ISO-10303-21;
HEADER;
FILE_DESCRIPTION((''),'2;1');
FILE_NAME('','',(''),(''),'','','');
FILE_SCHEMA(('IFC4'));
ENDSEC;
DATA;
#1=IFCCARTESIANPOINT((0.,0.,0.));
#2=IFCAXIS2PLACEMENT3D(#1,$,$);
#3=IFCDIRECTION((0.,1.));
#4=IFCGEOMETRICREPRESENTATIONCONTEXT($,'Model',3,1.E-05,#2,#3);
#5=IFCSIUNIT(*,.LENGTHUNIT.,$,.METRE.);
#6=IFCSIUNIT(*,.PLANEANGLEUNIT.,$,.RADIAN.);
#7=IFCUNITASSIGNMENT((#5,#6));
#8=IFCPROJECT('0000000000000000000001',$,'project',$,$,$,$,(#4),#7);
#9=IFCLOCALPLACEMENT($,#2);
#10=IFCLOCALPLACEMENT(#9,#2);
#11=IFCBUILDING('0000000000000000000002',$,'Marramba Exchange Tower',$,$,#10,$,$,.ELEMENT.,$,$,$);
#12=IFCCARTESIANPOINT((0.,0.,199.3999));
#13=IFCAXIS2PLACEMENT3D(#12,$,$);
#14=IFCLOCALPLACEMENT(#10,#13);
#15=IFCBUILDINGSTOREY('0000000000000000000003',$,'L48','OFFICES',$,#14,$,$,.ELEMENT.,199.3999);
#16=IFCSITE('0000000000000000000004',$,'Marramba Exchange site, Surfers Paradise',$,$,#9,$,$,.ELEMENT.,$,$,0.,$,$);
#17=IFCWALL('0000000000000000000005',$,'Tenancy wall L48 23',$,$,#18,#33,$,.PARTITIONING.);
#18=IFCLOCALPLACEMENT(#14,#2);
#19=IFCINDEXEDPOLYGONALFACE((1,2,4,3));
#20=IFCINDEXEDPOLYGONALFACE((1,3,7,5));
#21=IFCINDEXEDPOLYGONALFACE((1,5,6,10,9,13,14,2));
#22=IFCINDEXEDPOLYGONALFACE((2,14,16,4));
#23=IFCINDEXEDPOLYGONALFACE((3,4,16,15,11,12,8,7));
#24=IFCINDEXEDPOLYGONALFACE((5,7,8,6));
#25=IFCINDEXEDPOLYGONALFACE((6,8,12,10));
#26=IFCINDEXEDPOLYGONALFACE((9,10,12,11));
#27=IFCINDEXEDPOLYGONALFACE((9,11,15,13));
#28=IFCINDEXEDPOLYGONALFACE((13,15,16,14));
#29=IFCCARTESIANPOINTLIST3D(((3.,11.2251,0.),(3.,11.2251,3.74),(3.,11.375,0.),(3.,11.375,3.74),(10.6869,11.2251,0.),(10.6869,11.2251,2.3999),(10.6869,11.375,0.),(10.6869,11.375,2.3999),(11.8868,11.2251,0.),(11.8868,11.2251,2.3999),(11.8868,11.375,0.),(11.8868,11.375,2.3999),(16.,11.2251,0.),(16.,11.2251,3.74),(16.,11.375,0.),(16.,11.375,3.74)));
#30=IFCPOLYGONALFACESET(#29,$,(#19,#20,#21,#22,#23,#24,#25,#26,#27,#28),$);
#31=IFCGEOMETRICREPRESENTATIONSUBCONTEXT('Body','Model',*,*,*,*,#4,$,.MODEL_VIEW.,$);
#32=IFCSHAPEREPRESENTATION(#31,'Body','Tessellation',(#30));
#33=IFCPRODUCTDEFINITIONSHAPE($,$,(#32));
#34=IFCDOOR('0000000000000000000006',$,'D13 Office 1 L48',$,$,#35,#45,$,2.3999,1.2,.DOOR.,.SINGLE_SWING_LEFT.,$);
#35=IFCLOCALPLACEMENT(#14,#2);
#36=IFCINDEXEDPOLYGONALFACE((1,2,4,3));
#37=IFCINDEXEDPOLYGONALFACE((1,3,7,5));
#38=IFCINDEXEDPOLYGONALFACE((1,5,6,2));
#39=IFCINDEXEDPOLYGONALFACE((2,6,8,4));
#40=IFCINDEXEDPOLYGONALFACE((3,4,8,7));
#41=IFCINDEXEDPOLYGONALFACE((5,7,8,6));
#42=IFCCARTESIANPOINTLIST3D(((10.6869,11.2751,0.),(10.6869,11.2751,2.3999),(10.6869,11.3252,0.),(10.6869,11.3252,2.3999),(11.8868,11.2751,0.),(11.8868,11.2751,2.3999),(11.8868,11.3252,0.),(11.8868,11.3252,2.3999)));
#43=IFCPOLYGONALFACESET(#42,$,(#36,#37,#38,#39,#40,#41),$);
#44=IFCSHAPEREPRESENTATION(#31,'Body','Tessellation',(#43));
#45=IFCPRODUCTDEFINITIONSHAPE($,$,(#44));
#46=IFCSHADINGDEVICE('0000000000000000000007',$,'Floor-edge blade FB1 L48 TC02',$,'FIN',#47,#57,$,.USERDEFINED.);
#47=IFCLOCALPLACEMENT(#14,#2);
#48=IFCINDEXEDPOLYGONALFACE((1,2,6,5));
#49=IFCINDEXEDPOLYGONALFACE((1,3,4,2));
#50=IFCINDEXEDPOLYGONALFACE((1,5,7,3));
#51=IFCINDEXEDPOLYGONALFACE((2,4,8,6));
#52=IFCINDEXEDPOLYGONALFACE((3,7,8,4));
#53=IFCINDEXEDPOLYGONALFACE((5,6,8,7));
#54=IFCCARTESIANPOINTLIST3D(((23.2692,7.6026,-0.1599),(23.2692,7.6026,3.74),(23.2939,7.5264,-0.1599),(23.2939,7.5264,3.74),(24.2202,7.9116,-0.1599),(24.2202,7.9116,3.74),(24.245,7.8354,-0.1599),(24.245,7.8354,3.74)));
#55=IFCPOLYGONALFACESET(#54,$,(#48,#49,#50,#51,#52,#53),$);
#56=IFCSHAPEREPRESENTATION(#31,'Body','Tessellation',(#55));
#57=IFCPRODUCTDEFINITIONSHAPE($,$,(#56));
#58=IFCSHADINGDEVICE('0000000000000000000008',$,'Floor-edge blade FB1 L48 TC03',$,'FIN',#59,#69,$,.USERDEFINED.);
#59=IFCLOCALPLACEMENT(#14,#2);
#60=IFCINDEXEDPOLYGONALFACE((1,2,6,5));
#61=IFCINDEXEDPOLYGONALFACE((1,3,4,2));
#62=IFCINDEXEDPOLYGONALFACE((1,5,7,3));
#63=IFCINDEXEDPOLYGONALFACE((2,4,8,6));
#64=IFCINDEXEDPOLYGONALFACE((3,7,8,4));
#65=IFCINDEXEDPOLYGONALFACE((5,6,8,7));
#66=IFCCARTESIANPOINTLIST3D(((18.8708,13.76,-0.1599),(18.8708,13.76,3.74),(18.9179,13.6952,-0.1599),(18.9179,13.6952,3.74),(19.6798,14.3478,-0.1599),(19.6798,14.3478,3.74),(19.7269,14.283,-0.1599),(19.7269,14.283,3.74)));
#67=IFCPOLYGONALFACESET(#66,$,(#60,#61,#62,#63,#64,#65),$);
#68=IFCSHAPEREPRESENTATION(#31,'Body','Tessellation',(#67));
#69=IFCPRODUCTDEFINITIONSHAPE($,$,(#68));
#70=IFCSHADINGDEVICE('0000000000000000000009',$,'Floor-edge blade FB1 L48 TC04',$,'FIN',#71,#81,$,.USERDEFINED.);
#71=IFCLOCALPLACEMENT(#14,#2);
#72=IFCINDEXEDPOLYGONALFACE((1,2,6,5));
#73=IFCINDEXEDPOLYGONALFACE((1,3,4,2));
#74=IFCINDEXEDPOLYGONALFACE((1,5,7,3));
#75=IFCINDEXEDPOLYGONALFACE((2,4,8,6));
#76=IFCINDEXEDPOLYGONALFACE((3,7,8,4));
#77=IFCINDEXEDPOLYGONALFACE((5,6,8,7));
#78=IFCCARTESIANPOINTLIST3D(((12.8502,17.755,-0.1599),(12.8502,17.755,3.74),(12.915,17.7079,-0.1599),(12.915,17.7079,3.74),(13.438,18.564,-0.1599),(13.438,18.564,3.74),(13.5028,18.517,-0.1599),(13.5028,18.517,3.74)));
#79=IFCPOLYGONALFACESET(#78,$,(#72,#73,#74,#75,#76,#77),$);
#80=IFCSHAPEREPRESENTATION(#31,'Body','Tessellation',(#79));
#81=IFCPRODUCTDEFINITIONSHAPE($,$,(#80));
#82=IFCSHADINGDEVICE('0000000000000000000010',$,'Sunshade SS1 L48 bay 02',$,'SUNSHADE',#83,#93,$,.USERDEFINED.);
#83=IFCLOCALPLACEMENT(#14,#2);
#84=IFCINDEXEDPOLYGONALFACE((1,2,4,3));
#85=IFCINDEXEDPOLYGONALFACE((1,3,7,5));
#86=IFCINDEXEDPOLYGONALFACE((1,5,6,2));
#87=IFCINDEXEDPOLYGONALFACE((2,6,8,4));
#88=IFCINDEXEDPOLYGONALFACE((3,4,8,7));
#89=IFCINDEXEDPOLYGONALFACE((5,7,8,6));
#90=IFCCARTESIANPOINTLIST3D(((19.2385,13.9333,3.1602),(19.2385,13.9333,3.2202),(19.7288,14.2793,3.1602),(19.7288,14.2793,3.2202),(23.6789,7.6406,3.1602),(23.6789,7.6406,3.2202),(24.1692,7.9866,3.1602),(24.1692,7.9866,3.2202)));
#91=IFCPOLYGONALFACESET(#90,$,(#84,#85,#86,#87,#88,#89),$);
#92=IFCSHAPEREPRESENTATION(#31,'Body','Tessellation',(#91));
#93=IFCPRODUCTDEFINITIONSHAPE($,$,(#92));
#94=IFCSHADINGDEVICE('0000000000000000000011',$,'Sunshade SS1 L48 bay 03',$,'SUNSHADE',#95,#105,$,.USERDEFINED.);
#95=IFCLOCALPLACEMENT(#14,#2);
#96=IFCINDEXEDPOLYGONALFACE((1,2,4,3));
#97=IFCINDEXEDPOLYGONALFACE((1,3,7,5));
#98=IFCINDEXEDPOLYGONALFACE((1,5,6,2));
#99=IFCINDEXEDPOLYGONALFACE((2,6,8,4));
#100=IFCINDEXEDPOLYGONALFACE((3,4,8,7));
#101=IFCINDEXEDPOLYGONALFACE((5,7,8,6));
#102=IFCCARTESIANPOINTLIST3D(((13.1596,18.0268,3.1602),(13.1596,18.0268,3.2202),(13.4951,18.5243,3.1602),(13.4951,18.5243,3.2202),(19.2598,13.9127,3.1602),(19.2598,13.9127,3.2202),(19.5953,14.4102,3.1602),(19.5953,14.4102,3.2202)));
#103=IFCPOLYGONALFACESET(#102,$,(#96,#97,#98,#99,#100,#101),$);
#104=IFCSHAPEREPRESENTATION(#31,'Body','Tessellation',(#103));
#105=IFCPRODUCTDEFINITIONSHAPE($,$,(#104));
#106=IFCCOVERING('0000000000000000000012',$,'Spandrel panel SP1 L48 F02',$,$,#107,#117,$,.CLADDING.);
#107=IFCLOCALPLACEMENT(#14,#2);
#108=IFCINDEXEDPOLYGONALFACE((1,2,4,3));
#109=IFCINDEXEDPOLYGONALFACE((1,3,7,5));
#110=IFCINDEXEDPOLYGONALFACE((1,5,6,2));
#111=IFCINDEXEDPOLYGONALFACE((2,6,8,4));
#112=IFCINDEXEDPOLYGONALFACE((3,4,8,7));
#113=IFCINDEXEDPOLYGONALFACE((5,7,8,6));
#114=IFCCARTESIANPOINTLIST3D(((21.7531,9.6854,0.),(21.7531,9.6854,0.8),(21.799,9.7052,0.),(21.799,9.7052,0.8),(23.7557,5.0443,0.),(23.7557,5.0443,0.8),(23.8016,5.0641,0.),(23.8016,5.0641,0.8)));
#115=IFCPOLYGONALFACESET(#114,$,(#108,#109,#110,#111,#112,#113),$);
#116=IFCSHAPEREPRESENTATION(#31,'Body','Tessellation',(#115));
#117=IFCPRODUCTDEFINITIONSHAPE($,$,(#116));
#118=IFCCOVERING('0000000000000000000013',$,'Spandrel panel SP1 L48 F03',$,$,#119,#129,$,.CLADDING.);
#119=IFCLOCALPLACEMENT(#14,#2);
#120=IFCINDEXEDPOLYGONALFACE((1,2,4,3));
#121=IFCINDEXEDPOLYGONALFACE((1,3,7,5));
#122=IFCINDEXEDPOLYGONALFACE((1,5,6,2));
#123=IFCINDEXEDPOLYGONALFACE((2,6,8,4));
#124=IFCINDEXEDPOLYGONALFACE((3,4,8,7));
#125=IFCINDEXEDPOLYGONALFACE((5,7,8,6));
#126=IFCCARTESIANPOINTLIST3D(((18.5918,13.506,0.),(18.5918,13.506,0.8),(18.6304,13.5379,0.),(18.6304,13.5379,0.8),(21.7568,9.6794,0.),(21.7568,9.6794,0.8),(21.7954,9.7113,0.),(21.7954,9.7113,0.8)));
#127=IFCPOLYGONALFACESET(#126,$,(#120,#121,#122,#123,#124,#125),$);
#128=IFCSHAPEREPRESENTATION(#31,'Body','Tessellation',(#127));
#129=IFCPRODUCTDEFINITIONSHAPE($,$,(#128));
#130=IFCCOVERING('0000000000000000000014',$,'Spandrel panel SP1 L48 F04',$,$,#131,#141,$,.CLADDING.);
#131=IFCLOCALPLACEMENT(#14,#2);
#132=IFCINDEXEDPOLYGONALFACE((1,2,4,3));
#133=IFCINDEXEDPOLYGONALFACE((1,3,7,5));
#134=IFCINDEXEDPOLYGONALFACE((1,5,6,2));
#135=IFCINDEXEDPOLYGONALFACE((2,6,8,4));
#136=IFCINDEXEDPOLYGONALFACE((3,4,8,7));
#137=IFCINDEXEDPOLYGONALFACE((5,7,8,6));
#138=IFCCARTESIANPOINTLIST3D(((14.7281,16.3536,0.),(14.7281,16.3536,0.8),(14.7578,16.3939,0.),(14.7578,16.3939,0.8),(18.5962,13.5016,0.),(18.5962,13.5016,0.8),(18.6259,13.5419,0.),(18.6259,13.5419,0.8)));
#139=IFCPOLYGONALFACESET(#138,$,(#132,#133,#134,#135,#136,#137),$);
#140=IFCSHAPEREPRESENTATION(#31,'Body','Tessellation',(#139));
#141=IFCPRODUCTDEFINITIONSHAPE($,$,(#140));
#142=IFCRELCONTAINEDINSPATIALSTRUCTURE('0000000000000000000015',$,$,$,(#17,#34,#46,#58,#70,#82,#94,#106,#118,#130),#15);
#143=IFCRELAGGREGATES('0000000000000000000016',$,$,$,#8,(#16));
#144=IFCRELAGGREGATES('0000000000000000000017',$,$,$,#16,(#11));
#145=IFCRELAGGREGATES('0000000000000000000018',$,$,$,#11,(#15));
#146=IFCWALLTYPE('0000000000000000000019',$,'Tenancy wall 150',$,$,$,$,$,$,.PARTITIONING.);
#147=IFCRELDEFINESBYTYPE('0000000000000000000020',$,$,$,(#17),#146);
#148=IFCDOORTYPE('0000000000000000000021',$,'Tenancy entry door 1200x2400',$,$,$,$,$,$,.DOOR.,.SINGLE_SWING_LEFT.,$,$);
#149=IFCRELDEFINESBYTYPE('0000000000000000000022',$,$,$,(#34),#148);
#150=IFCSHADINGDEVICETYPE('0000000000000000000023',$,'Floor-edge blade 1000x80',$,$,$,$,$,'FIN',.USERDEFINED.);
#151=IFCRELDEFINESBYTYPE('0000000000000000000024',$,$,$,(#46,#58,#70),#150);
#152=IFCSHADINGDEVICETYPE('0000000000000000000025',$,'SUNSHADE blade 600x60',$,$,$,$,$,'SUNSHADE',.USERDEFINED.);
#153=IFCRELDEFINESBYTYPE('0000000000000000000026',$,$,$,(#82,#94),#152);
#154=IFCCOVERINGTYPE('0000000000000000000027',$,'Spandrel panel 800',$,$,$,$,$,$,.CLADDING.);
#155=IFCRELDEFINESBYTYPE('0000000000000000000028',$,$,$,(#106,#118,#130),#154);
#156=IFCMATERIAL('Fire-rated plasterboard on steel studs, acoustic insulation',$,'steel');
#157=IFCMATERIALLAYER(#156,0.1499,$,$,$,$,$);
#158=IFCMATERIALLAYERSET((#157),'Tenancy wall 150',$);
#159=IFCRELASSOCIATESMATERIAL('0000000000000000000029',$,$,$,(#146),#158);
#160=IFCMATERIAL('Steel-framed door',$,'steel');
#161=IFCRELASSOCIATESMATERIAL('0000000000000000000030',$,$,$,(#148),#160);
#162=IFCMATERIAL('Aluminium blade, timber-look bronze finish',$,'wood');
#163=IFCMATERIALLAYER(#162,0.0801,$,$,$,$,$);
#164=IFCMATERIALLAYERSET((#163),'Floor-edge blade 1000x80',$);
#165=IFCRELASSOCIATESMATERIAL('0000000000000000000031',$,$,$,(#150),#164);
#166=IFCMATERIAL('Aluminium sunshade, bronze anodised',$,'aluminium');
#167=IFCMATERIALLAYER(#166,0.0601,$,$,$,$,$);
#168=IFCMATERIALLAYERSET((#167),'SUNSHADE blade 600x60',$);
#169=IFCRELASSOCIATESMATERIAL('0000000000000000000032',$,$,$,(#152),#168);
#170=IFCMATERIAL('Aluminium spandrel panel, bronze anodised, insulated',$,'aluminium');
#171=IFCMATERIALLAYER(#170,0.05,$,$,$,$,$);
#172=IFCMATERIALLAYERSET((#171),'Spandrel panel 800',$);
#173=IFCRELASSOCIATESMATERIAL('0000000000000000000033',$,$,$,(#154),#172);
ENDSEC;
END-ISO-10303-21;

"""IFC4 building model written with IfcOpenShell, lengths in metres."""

from ifc_helpers import new_model, si_unit, direction, frame, frame_2d, origin, origin_2d, place, context, subcontext, project, spatial, rectangle, extrude, material, layer, layer_set, type_object, element, fill, save


model = new_model("IFC4")

# Units and contexts
model_context = context("Model", 3, precision=1e-05, world=origin(), true_north=direction((0.0, 1.0)))
body_context = subcontext(model_context, "Body", "Model", "MODEL_VIEW")
ifc_project = project(units=[si_unit("LENGTHUNIT", "METRE"), si_unit("PLANEANGLEUNIT", "RADIAN")], contexts=[model_context])

# Site, building, storey
site_placement = place(None, origin())
site = spatial("IfcSite", under=ifc_project, at=site_placement, Name="Marramba Exchange site, Surfers Paradise", CompositionType="ELEMENT", RefElevation=0.0)
building_placement = place(site_placement, origin())
building = spatial("IfcBuilding", under=site, at=building_placement, Name="Marramba Exchange Tower", CompositionType="ELEMENT")
storey_placement = place(building_placement, frame((0.0, 0.0, 199.3999)))
storey = spatial("IfcBuildingStorey", under=building, at=storey_placement, Name="L48", Description="OFFICES", CompositionType="ELEMENT", Elevation=199.3999)

# Shared definitions
ifc_material_1 = material(Name="Steel-framed door", Category="steel")

# Wall, opening, door
ifc_material_2 = material(Name="Fire-rated plasterboard on steel studs, acoustic insulation", Category="steel")
ifc_layer_1 = layer(ifc_material_2, 0.1499)
ifc_layer_set_1 = layer_set([ifc_layer_1], Name="Tenancy wall 150")
wall_type_1 = type_object("IfcWallType", Name="Tenancy wall 150", PredefinedType="PARTITIONING", material=ifc_layer_set_1)
wall_1_placement = place(storey_placement, frame((16.0, 11.3, 0.0), z_axis=(0.0, 0.0, 1.0), x_axis=(-1.0, 0.0, 0.0)))
wall_1 = element("IfcWall", 1, at=wall_1_placement, inside=storey, type_object=wall_type_1, Name="Tenancy wall L48 23", PredefinedType="PARTITIONING", context=body_context, shape_type="SweptSolid", body=[
    extrude(rectangle(XDim=13.0, YDim=0.1499, at=frame_2d((6.5, 0.0))), origin(), (0.0, 0.0, 1.0), 3.74),
])
opening_1_placement = place(wall_1_placement, frame((4.113, 0.0, 0.0)))
opening_1 = element("IfcOpeningElement", 2, at=opening_1_placement, cuts=wall_1, PredefinedType="OPENING", context=body_context, shape_type="SweptSolid", body=[
    extrude(rectangle(XDim=1.2, YDim=2.3999, at=frame_2d((0.6001, 1.2))), frame((0.0, 0.085, 0.0), z_axis=(0.0, -1.0, 0.0), x_axis=(1.0, 0.0, 0.0)), (0.0, 0.0, 1.0), 0.1699),
])
door_type_1 = type_object("IfcDoorType", Name="Tenancy entry door 1200x2400", OperationType="SINGLE_SWING_LEFT", PredefinedType="DOOR", material=ifc_material_1)
door_1_placement = place(opening_1_placement, origin())
door_1 = element("IfcDoor", 3, at=door_1_placement, inside=storey, type_object=door_type_1, Name="D13 Office 1 L48", OperationType="SINGLE_SWING_LEFT", OverallHeight=2.3999, OverallWidth=1.2, PredefinedType="DOOR", context=body_context, shape_type="SweptSolid", body=[
    extrude(rectangle(XDim=1.2, YDim=2.3999, at=frame_2d((0.6001, 1.2))), frame((0.0, 0.0249, 0.0), z_axis=(0.0, -1.0, 0.0), x_axis=(1.0, 0.0, 0.0)), (0.0, 0.0, 1.0), 0.05),
])
fill(opening_1, door_1)

# Shading devices
ifc_material_3 = material(Name="Aluminium blade, timber-look bronze finish", Category="wood")
ifc_layer_2 = layer(ifc_material_3, 0.0801)
ifc_layer_set_2 = layer_set([ifc_layer_2], Name="Floor-edge blade 1000x80")
shading_device_type_1 = type_object("IfcShadingDeviceType", Name="Floor-edge blade 1000x80", ElementType="FIN", PredefinedType="USERDEFINED", material=ifc_layer_set_2)
for number, where, z_axis, x_axis, name in (
    (4, (23.7571, 7.719, -0.1599), (0.0, 0.0, 1.0), (0.951057, 0.309017, 0.0), "Floor-edge blade FB1 L48 TC02"),
    (5, (19.2988, 14.0215, -0.1599), (0.0, 0.0, 1.0), (0.809017, 0.587785, 0.0), "Floor-edge blade FB1 L48 TC03"),
    (6, (13.1765, 18.136, -0.1599), (0.0, 0.0, 1.0), (0.587785, 0.809017, 0.0), "Floor-edge blade FB1 L48 TC04"),
):
    element("IfcShadingDevice", number, at=place(storey_placement, frame(where, z_axis=z_axis, x_axis=x_axis)), inside=storey, type_object=shading_device_type_1, Name=name, ObjectType="FIN", PredefinedType="USERDEFINED", context=body_context, shape_type="SweptSolid", body=[
        extrude(rectangle(XDim=1.0, YDim=0.0801, at=origin_2d()), origin(), (0.0, 0.0, 1.0), 3.8999),
    ])
ifc_material_4 = material(Name="Aluminium sunshade, bronze anodised", Category="aluminium")
ifc_layer_3 = layer(ifc_material_4, 0.0601)
ifc_layer_set_3 = layer_set([ifc_layer_3], Name="SUNSHADE blade 600x60")
shading_device_type_2 = type_object("IfcShadingDeviceType", Name="SUNSHADE blade 600x60", ElementType="SUNSHADE", PredefinedType="USERDEFINED", material=ifc_layer_set_3)
shading_device_1_placement = place(storey_placement, frame((21.7039, 10.96, 3.1602), z_axis=(0.0, 0.0, 1.0), x_axis=(-0.576555, 0.817058, 0.0)))
element("IfcShadingDevice", 7, at=shading_device_1_placement, inside=storey, type_object=shading_device_type_2, Name="Sunshade SS1 L48 bay 02", ObjectType="SUNSHADE", PredefinedType="USERDEFINED", context=body_context, shape_type="SweptSolid", body=[
    extrude(rectangle(XDim=7.7017, YDim=0.6001, at=origin_2d()), origin(), (0.0, 0.0, 1.0), 0.0601),
])
shading_device_2_placement = place(storey_placement, frame((16.3774, 16.2185, 3.1602), z_axis=(0.0, 0.0, 1.0), x_axis=(-0.829071, 0.559143, 0.0)))
element("IfcShadingDevice", 8, at=shading_device_2_placement, inside=storey, type_object=shading_device_type_2, Name="Sunshade SS1 L48 bay 03", ObjectType="SUNSHADE", PredefinedType="USERDEFINED", context=body_context, shape_type="SweptSolid", body=[
    extrude(rectangle(XDim=7.3579, YDim=0.6001, at=origin_2d()), origin(), (0.0, 0.0, 1.0), 0.0601),
])

# Coverings
ifc_material_5 = material(Name="Aluminium spandrel panel, bronze anodised, insulated", Category="aluminium")
ifc_layer_4 = layer(ifc_material_5, 0.05)
ifc_layer_set_4 = layer_set([ifc_layer_4], Name="Spandrel panel 800")
covering_type = type_object("IfcCoveringType", Name="Spandrel panel 800", PredefinedType="CLADDING", material=ifc_layer_set_4)
covering_1_placement = place(storey_placement, frame((22.7773, 7.3748, 0.0), z_axis=(0.0, 0.0, 1.0), x_axis=(-0.396193, 0.918167, 0.0)))
element("IfcCovering", 9, at=covering_1_placement, inside=storey, type_object=covering_type, Name="Spandrel panel SP1 L48 F02", PredefinedType="CLADDING", context=body_context, shape_type="SweptSolid", body=[
    extrude(rectangle(XDim=5.0547, YDim=0.05, at=origin_2d()), origin(), (0.0, 0.0, 1.0), 0.8),
])
covering_2_placement = place(storey_placement, frame((20.1936, 11.6086, 0.0), z_axis=(0.0, 0.0, 1.0), x_axis=(-0.63735, 0.770574, 0.0)))
element("IfcCovering", 10, at=covering_2_placement, inside=storey, type_object=covering_type, Name="Spandrel panel SP1 L48 F03", PredefinedType="CLADDING", context=body_context, shape_type="SweptSolid", body=[
    extrude(rectangle(XDim=4.9658, YDim=0.05, at=origin_2d()), origin(), (0.0, 0.0, 1.0), 0.8),
])
covering_3_placement = place(storey_placement, frame((16.677, 14.9478, 0.0), z_axis=(0.0, 0.0, 1.0), x_axis=(-0.804877, 0.593441, 0.0)))
element("IfcCovering", 11, at=covering_3_placement, inside=storey, type_object=covering_type, Name="Spandrel panel SP1 L48 F04", PredefinedType="CLADDING", context=body_context, shape_type="SweptSolid", body=[
    extrude(rectangle(XDim=4.8059, YDim=0.05, at=origin_2d()), origin(), (0.0, 0.0, 1.0), 0.8),
])

save(model, "model.ifc")
